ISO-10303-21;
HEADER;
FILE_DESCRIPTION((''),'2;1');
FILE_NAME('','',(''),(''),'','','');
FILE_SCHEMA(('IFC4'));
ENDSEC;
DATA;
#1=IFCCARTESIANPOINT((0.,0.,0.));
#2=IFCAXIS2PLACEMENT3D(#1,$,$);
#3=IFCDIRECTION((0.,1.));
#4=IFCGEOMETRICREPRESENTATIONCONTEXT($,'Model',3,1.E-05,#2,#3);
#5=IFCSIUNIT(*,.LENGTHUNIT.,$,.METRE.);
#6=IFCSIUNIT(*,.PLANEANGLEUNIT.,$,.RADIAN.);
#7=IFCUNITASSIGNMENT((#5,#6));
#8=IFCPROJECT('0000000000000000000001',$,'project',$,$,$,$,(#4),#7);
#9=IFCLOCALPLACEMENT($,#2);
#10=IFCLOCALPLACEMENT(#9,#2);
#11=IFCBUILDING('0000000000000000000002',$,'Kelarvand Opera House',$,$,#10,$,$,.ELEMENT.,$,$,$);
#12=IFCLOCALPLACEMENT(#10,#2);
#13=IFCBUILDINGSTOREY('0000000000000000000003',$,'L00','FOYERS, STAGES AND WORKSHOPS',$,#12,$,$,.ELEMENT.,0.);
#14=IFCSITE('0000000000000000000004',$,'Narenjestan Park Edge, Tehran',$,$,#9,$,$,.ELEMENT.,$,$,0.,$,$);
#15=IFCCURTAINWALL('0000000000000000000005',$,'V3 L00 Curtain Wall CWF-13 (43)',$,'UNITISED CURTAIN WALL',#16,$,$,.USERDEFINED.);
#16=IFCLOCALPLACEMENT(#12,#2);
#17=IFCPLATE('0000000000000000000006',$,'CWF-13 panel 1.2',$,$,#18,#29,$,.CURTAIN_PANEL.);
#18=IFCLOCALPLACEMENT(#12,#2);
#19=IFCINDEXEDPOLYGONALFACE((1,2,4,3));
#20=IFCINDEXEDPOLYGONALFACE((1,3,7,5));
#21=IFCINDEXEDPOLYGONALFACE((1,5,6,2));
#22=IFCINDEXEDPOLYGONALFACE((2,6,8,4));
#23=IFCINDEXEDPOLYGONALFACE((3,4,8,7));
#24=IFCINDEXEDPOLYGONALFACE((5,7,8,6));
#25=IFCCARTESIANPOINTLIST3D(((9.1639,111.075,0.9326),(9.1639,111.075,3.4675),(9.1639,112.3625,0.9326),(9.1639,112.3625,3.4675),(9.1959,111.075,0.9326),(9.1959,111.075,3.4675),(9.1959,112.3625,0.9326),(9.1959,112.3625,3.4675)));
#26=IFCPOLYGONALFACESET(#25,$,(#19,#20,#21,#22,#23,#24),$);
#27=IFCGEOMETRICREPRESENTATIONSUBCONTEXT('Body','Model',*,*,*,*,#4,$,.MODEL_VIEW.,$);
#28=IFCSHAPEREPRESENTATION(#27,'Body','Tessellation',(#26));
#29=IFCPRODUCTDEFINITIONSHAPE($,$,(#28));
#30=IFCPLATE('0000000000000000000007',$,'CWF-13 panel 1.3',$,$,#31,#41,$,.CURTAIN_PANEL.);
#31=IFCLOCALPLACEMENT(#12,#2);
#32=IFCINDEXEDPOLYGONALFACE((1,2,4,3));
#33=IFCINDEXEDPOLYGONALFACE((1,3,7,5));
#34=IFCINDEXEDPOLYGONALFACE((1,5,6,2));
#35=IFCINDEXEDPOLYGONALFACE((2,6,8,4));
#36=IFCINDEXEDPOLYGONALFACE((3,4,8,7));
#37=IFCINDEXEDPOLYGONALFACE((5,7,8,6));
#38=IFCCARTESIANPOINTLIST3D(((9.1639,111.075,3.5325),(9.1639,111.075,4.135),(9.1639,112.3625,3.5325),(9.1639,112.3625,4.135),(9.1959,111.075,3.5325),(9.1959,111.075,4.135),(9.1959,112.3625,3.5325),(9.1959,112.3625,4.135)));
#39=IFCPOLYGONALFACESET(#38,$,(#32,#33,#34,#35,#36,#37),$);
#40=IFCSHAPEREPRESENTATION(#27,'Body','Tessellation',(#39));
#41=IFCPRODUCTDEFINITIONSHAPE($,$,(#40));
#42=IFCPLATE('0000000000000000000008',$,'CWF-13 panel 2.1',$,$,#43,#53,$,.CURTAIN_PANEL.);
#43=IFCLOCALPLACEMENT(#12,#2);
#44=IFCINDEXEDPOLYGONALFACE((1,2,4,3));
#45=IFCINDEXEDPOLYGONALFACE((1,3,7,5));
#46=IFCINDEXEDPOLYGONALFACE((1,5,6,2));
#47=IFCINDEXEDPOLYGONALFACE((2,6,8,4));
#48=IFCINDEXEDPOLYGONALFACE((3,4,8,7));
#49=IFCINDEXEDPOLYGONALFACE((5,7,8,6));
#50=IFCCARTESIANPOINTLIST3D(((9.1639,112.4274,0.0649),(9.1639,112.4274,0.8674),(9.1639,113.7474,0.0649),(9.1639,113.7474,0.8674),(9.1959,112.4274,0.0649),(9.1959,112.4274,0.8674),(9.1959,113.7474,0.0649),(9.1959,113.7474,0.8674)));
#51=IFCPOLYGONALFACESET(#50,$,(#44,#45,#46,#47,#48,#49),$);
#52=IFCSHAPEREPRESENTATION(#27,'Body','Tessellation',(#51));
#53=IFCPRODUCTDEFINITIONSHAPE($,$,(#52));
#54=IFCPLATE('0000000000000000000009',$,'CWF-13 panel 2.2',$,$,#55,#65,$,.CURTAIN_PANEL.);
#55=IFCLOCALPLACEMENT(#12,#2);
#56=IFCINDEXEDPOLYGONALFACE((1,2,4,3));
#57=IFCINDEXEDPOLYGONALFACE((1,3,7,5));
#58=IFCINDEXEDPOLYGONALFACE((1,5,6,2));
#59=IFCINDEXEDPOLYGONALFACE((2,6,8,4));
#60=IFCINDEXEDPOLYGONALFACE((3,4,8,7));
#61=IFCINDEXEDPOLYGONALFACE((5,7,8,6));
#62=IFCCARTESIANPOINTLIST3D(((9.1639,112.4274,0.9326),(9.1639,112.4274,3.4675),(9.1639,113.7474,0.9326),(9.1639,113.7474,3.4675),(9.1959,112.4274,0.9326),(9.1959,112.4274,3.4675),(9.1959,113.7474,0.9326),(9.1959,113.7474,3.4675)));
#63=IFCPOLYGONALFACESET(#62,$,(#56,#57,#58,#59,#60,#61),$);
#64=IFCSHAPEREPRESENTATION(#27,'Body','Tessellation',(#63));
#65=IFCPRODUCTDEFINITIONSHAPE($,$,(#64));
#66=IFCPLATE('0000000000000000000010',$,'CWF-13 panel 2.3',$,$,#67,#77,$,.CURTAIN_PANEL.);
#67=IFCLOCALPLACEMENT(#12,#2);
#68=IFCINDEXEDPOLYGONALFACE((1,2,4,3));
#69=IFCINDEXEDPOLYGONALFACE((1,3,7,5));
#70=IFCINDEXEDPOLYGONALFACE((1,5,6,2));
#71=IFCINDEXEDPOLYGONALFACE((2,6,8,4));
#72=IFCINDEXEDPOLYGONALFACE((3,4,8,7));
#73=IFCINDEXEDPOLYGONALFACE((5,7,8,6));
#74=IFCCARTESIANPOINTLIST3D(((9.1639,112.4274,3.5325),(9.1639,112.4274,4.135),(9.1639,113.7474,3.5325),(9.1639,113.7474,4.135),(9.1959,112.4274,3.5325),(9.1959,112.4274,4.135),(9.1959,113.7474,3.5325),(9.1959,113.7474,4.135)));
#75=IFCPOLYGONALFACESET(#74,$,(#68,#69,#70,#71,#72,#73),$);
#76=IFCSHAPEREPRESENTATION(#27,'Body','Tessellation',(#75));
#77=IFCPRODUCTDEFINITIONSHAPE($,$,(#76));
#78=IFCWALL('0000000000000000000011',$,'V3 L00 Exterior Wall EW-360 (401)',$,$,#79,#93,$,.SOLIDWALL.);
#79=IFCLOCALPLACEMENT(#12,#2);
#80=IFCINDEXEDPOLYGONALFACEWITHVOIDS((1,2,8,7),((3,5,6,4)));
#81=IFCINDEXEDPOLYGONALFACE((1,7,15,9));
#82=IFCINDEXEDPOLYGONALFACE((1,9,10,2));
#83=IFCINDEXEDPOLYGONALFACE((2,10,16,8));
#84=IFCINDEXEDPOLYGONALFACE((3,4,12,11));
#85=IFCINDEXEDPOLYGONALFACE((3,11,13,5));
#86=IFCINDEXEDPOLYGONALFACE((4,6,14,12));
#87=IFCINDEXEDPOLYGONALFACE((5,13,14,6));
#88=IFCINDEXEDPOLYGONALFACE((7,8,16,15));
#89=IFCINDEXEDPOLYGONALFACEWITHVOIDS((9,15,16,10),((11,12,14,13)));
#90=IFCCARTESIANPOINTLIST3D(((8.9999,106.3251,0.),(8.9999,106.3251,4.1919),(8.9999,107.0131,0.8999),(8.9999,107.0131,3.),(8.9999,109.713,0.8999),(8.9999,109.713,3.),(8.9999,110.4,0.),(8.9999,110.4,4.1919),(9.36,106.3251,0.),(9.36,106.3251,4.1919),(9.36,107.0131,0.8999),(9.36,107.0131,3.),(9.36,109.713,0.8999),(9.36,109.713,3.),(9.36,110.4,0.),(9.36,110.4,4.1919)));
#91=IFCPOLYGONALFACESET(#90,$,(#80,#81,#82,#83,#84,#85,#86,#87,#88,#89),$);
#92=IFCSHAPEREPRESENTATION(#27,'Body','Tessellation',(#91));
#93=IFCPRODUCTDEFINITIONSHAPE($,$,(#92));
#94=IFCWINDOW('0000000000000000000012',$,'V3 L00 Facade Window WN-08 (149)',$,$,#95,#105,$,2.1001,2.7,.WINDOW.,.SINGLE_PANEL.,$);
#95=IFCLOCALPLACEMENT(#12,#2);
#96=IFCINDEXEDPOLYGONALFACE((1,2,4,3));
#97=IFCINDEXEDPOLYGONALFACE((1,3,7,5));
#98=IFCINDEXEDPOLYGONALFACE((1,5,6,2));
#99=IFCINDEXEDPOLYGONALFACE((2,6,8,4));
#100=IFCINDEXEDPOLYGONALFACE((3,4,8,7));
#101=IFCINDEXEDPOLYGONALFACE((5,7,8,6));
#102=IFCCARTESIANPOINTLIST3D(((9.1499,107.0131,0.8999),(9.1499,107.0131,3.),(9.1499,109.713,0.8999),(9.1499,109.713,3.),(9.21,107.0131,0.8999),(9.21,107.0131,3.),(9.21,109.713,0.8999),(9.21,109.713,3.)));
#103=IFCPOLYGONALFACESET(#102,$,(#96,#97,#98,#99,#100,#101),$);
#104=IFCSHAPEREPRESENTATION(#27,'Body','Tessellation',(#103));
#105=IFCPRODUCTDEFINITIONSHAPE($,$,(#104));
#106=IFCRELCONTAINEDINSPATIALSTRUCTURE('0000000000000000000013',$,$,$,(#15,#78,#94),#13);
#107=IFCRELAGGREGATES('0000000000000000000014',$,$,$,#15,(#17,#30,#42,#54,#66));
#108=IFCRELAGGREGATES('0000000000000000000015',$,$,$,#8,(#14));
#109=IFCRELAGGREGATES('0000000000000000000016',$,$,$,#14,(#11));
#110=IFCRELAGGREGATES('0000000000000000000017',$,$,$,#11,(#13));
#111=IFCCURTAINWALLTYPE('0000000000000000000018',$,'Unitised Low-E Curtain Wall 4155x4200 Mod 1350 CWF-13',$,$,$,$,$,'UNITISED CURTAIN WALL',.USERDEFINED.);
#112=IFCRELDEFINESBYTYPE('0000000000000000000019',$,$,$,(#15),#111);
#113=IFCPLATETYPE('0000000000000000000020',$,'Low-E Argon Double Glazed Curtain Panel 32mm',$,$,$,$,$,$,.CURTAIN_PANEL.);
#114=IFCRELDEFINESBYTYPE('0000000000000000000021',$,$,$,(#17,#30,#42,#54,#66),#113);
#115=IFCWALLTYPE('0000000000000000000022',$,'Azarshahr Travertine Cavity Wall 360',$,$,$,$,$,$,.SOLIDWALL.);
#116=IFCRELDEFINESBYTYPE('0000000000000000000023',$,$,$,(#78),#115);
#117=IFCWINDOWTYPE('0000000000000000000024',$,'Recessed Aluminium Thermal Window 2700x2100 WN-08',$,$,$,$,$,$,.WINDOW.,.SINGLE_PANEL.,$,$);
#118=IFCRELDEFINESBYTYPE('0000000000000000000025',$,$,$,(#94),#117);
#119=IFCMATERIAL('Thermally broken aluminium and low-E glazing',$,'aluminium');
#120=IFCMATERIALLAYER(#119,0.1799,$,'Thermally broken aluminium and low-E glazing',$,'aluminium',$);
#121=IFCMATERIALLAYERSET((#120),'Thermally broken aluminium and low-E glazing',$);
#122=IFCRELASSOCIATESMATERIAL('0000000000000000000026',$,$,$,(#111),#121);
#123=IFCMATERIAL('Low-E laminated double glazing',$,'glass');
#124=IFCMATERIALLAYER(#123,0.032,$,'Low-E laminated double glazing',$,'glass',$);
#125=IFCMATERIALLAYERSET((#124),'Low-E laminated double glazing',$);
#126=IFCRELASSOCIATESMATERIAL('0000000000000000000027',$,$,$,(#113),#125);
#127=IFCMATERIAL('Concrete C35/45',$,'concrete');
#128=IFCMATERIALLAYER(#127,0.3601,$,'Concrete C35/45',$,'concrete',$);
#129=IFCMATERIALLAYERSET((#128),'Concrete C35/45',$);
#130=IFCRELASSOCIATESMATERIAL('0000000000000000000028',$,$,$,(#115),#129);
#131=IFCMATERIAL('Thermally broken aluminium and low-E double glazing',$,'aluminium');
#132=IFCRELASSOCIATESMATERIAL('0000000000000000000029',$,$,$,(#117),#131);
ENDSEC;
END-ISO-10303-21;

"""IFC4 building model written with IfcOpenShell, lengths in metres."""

from ifc_helpers import new_model, si_unit, direction, frame, frame_2d, origin, origin_2d, place, context, subcontext, project, spatial, rectangle, extrude, material, layer, layer_set, type_object, element, fill, aggregate, save


model = new_model("IFC4")

# Units and contexts
model_context = context("Model", 3, precision=1e-05, world=origin(), true_north=direction((0.0, 1.0)))
body_context = subcontext(model_context, "Body", "Model", "MODEL_VIEW")
ifc_project = project(units=[si_unit("LENGTHUNIT", "METRE"), si_unit("PLANEANGLEUNIT", "RADIAN")], contexts=[model_context])

# Site, building, storey
site_placement = place(None, origin())
site = spatial("IfcSite", under=ifc_project, at=site_placement, Name="Narenjestan Park Edge, Tehran", CompositionType="ELEMENT", RefElevation=0.0)
building_placement = place(site_placement, origin())
building = spatial("IfcBuilding", under=site, at=building_placement, Name="Kelarvand Opera House", CompositionType="ELEMENT")
storey_placement = place(building_placement, origin())
storey = spatial("IfcBuildingStorey", under=building, at=storey_placement, Name="L00", Description="FOYERS, STAGES AND WORKSHOPS", CompositionType="ELEMENT", Elevation=0.0)

# Curtain wall
ifc_material_1 = material(Name="Thermally broken aluminium and low-E glazing", Category="aluminium")
ifc_layer_1 = layer(ifc_material_1, 0.1799, Name="Thermally broken aluminium and low-E glazing", Category="aluminium")
ifc_layer_set_1 = layer_set([ifc_layer_1], Name="Thermally broken aluminium and low-E glazing")
curtain_wall_type = type_object("IfcCurtainWallType", Name="Unitised Low-E Curtain Wall 4155x4200 Mod 1350 CWF-13", ElementType="UNITISED CURTAIN WALL", PredefinedType="USERDEFINED", material=ifc_layer_set_1)
curtain_wall_placement = place(storey_placement, origin())
curtain_wall = element("IfcCurtainWall", 1, at=curtain_wall_placement, inside=storey, type_object=curtain_wall_type, Name="V3 L00 Curtain Wall CWF-13 (43)", ObjectType="UNITISED CURTAIN WALL", PredefinedType="USERDEFINED")

# Plates
ifc_material_2 = material(Name="Low-E laminated double glazing", Category="glass")
ifc_layer_2 = layer(ifc_material_2, 0.032, Name="Low-E laminated double glazing", Category="glass")
ifc_layer_set_2 = layer_set([ifc_layer_2], Name="Low-E laminated double glazing")
plate_type = type_object("IfcPlateType", Name="Low-E Argon Double Glazed Curtain Panel 32mm", PredefinedType="CURTAIN_PANEL", material=ifc_layer_set_2)
plate_1_placement = place(storey_placement, frame((9.1799, 111.7188, 0.9326), z_axis=(0.0, 0.0, 1.0), x_axis=(0.0, 1.0, 0.0)))
plate_1 = element("IfcPlate", 2, at=plate_1_placement, type_object=plate_type, Name="CWF-13 panel 1.2", PredefinedType="CURTAIN_PANEL", context=body_context, shape_type="SweptSolid", body=[
    extrude(rectangle(XDim=1.2876, YDim=0.032, at=origin_2d()), origin(), (0.0, 0.0, 1.0), 2.5349),
])
plate_2_placement = place(storey_placement, frame((9.1799, 111.7188, 3.5325), z_axis=(0.0, 0.0, 1.0), x_axis=(0.0, 1.0, 0.0)))
plate_2 = element("IfcPlate", 3, at=plate_2_placement, type_object=plate_type, Name="CWF-13 panel 1.3", PredefinedType="CURTAIN_PANEL", context=body_context, shape_type="SweptSolid", body=[
    extrude(rectangle(XDim=1.2876, YDim=0.032, at=origin_2d()), origin(), (0.0, 0.0, 1.0), 0.6025),
])
plate_3_placement = place(storey_placement, frame((9.1799, 113.0874, 0.0649), z_axis=(0.0, 0.0, 1.0), x_axis=(0.0, 1.0, 0.0)))
plate_3 = element("IfcPlate", 4, at=plate_3_placement, type_object=plate_type, Name="CWF-13 panel 2.1", PredefinedType="CURTAIN_PANEL", context=body_context, shape_type="SweptSolid", body=[
    extrude(rectangle(XDim=1.3201, YDim=0.032, at=origin_2d()), origin(), (0.0, 0.0, 1.0), 0.8025),
])
plate_4_placement = place(storey_placement, frame((9.1799, 113.0874, 0.9326), z_axis=(0.0, 0.0, 1.0), x_axis=(0.0, 1.0, 0.0)))
plate_4 = element("IfcPlate", 5, at=plate_4_placement, type_object=plate_type, Name="CWF-13 panel 2.2", PredefinedType="CURTAIN_PANEL", context=body_context, shape_type="SweptSolid", body=[
    extrude(rectangle(XDim=1.3201, YDim=0.032, at=origin_2d()), origin(), (0.0, 0.0, 1.0), 2.5349),
])
plate_5_placement = place(storey_placement, frame((9.1799, 113.0874, 3.5325), z_axis=(0.0, 0.0, 1.0), x_axis=(0.0, 1.0, 0.0)))
plate_5 = element("IfcPlate", 6, at=plate_5_placement, type_object=plate_type, Name="CWF-13 panel 2.3", PredefinedType="CURTAIN_PANEL", context=body_context, shape_type="SweptSolid", body=[
    extrude(rectangle(XDim=1.3201, YDim=0.032, at=origin_2d()), origin(), (0.0, 0.0, 1.0), 0.6025),
])
aggregate(curtain_wall, [plate_1, plate_2, plate_3, plate_4, plate_5])

# Wall, opening, window
ifc_material_3 = material(Name="Concrete C35/45", Category="concrete")
ifc_layer_3 = layer(ifc_material_3, 0.3601, Name="Concrete C35/45", Category="concrete")
ifc_layer_set_3 = layer_set([ifc_layer_3], Name="Concrete C35/45")
wall_type = type_object("IfcWallType", Name="Azarshahr Travertine Cavity Wall 360", PredefinedType="SOLIDWALL", material=ifc_layer_set_3)
wall_placement = place(storey_placement, frame((9.1799, 106.325, 0.0), z_axis=(0.0, 0.0, 1.0), x_axis=(0.0, 1.0, 0.0)))
wall = element("IfcWall", 7, at=wall_placement, inside=storey, type_object=wall_type, Name="V3 L00 Exterior Wall EW-360 (401)", PredefinedType="SOLIDWALL", context=body_context, shape_type="SweptSolid", body=[
    extrude(rectangle(XDim=4.075, YDim=0.3601, at=frame_2d((2.0376, 0.0))), origin(), (0.0, 0.0, 1.0), 4.1919),
])
opening_placement = place(wall_placement, frame((0.688, 0.0, 0.8999)))
opening = element("IfcOpeningElement", 8, at=opening_placement, cuts=wall, PredefinedType="OPENING", context=body_context, shape_type="SweptSolid", body=[
    extrude(rectangle(XDim=2.7, YDim=2.1001, at=frame_2d((1.3501, 1.05))), frame((0.0, 0.1899, 0.0), z_axis=(0.0, -1.0, 0.0), x_axis=(1.0, 0.0, 0.0)), (0.0, 0.0, 1.0), 0.3801),
])
ifc_material_4 = material(Name="Thermally broken aluminium and low-E double glazing", Category="aluminium")
window_type = type_object("IfcWindowType", Name="Recessed Aluminium Thermal Window 2700x2100 WN-08", PartitioningType="SINGLE_PANEL", PredefinedType="WINDOW", material=ifc_material_4)
window_placement = place(opening_placement, origin())
window = element("IfcWindow", 9, at=window_placement, inside=storey, type_object=window_type, Name="V3 L00 Facade Window WN-08 (149)", OverallHeight=2.1001, OverallWidth=2.7, PartitioningType="SINGLE_PANEL", PredefinedType="WINDOW", context=body_context, shape_type="SweptSolid", body=[
    extrude(rectangle(XDim=2.7, YDim=2.1001, at=frame_2d((1.3501, 1.05))), frame((0.0, 0.03, 0.0), z_axis=(0.0, -1.0, 0.0), x_axis=(1.0, 0.0, 0.0)), (0.0, 0.0, 1.0), 0.0601),
])
fill(opening, window)

save(model, "model.ifc")
